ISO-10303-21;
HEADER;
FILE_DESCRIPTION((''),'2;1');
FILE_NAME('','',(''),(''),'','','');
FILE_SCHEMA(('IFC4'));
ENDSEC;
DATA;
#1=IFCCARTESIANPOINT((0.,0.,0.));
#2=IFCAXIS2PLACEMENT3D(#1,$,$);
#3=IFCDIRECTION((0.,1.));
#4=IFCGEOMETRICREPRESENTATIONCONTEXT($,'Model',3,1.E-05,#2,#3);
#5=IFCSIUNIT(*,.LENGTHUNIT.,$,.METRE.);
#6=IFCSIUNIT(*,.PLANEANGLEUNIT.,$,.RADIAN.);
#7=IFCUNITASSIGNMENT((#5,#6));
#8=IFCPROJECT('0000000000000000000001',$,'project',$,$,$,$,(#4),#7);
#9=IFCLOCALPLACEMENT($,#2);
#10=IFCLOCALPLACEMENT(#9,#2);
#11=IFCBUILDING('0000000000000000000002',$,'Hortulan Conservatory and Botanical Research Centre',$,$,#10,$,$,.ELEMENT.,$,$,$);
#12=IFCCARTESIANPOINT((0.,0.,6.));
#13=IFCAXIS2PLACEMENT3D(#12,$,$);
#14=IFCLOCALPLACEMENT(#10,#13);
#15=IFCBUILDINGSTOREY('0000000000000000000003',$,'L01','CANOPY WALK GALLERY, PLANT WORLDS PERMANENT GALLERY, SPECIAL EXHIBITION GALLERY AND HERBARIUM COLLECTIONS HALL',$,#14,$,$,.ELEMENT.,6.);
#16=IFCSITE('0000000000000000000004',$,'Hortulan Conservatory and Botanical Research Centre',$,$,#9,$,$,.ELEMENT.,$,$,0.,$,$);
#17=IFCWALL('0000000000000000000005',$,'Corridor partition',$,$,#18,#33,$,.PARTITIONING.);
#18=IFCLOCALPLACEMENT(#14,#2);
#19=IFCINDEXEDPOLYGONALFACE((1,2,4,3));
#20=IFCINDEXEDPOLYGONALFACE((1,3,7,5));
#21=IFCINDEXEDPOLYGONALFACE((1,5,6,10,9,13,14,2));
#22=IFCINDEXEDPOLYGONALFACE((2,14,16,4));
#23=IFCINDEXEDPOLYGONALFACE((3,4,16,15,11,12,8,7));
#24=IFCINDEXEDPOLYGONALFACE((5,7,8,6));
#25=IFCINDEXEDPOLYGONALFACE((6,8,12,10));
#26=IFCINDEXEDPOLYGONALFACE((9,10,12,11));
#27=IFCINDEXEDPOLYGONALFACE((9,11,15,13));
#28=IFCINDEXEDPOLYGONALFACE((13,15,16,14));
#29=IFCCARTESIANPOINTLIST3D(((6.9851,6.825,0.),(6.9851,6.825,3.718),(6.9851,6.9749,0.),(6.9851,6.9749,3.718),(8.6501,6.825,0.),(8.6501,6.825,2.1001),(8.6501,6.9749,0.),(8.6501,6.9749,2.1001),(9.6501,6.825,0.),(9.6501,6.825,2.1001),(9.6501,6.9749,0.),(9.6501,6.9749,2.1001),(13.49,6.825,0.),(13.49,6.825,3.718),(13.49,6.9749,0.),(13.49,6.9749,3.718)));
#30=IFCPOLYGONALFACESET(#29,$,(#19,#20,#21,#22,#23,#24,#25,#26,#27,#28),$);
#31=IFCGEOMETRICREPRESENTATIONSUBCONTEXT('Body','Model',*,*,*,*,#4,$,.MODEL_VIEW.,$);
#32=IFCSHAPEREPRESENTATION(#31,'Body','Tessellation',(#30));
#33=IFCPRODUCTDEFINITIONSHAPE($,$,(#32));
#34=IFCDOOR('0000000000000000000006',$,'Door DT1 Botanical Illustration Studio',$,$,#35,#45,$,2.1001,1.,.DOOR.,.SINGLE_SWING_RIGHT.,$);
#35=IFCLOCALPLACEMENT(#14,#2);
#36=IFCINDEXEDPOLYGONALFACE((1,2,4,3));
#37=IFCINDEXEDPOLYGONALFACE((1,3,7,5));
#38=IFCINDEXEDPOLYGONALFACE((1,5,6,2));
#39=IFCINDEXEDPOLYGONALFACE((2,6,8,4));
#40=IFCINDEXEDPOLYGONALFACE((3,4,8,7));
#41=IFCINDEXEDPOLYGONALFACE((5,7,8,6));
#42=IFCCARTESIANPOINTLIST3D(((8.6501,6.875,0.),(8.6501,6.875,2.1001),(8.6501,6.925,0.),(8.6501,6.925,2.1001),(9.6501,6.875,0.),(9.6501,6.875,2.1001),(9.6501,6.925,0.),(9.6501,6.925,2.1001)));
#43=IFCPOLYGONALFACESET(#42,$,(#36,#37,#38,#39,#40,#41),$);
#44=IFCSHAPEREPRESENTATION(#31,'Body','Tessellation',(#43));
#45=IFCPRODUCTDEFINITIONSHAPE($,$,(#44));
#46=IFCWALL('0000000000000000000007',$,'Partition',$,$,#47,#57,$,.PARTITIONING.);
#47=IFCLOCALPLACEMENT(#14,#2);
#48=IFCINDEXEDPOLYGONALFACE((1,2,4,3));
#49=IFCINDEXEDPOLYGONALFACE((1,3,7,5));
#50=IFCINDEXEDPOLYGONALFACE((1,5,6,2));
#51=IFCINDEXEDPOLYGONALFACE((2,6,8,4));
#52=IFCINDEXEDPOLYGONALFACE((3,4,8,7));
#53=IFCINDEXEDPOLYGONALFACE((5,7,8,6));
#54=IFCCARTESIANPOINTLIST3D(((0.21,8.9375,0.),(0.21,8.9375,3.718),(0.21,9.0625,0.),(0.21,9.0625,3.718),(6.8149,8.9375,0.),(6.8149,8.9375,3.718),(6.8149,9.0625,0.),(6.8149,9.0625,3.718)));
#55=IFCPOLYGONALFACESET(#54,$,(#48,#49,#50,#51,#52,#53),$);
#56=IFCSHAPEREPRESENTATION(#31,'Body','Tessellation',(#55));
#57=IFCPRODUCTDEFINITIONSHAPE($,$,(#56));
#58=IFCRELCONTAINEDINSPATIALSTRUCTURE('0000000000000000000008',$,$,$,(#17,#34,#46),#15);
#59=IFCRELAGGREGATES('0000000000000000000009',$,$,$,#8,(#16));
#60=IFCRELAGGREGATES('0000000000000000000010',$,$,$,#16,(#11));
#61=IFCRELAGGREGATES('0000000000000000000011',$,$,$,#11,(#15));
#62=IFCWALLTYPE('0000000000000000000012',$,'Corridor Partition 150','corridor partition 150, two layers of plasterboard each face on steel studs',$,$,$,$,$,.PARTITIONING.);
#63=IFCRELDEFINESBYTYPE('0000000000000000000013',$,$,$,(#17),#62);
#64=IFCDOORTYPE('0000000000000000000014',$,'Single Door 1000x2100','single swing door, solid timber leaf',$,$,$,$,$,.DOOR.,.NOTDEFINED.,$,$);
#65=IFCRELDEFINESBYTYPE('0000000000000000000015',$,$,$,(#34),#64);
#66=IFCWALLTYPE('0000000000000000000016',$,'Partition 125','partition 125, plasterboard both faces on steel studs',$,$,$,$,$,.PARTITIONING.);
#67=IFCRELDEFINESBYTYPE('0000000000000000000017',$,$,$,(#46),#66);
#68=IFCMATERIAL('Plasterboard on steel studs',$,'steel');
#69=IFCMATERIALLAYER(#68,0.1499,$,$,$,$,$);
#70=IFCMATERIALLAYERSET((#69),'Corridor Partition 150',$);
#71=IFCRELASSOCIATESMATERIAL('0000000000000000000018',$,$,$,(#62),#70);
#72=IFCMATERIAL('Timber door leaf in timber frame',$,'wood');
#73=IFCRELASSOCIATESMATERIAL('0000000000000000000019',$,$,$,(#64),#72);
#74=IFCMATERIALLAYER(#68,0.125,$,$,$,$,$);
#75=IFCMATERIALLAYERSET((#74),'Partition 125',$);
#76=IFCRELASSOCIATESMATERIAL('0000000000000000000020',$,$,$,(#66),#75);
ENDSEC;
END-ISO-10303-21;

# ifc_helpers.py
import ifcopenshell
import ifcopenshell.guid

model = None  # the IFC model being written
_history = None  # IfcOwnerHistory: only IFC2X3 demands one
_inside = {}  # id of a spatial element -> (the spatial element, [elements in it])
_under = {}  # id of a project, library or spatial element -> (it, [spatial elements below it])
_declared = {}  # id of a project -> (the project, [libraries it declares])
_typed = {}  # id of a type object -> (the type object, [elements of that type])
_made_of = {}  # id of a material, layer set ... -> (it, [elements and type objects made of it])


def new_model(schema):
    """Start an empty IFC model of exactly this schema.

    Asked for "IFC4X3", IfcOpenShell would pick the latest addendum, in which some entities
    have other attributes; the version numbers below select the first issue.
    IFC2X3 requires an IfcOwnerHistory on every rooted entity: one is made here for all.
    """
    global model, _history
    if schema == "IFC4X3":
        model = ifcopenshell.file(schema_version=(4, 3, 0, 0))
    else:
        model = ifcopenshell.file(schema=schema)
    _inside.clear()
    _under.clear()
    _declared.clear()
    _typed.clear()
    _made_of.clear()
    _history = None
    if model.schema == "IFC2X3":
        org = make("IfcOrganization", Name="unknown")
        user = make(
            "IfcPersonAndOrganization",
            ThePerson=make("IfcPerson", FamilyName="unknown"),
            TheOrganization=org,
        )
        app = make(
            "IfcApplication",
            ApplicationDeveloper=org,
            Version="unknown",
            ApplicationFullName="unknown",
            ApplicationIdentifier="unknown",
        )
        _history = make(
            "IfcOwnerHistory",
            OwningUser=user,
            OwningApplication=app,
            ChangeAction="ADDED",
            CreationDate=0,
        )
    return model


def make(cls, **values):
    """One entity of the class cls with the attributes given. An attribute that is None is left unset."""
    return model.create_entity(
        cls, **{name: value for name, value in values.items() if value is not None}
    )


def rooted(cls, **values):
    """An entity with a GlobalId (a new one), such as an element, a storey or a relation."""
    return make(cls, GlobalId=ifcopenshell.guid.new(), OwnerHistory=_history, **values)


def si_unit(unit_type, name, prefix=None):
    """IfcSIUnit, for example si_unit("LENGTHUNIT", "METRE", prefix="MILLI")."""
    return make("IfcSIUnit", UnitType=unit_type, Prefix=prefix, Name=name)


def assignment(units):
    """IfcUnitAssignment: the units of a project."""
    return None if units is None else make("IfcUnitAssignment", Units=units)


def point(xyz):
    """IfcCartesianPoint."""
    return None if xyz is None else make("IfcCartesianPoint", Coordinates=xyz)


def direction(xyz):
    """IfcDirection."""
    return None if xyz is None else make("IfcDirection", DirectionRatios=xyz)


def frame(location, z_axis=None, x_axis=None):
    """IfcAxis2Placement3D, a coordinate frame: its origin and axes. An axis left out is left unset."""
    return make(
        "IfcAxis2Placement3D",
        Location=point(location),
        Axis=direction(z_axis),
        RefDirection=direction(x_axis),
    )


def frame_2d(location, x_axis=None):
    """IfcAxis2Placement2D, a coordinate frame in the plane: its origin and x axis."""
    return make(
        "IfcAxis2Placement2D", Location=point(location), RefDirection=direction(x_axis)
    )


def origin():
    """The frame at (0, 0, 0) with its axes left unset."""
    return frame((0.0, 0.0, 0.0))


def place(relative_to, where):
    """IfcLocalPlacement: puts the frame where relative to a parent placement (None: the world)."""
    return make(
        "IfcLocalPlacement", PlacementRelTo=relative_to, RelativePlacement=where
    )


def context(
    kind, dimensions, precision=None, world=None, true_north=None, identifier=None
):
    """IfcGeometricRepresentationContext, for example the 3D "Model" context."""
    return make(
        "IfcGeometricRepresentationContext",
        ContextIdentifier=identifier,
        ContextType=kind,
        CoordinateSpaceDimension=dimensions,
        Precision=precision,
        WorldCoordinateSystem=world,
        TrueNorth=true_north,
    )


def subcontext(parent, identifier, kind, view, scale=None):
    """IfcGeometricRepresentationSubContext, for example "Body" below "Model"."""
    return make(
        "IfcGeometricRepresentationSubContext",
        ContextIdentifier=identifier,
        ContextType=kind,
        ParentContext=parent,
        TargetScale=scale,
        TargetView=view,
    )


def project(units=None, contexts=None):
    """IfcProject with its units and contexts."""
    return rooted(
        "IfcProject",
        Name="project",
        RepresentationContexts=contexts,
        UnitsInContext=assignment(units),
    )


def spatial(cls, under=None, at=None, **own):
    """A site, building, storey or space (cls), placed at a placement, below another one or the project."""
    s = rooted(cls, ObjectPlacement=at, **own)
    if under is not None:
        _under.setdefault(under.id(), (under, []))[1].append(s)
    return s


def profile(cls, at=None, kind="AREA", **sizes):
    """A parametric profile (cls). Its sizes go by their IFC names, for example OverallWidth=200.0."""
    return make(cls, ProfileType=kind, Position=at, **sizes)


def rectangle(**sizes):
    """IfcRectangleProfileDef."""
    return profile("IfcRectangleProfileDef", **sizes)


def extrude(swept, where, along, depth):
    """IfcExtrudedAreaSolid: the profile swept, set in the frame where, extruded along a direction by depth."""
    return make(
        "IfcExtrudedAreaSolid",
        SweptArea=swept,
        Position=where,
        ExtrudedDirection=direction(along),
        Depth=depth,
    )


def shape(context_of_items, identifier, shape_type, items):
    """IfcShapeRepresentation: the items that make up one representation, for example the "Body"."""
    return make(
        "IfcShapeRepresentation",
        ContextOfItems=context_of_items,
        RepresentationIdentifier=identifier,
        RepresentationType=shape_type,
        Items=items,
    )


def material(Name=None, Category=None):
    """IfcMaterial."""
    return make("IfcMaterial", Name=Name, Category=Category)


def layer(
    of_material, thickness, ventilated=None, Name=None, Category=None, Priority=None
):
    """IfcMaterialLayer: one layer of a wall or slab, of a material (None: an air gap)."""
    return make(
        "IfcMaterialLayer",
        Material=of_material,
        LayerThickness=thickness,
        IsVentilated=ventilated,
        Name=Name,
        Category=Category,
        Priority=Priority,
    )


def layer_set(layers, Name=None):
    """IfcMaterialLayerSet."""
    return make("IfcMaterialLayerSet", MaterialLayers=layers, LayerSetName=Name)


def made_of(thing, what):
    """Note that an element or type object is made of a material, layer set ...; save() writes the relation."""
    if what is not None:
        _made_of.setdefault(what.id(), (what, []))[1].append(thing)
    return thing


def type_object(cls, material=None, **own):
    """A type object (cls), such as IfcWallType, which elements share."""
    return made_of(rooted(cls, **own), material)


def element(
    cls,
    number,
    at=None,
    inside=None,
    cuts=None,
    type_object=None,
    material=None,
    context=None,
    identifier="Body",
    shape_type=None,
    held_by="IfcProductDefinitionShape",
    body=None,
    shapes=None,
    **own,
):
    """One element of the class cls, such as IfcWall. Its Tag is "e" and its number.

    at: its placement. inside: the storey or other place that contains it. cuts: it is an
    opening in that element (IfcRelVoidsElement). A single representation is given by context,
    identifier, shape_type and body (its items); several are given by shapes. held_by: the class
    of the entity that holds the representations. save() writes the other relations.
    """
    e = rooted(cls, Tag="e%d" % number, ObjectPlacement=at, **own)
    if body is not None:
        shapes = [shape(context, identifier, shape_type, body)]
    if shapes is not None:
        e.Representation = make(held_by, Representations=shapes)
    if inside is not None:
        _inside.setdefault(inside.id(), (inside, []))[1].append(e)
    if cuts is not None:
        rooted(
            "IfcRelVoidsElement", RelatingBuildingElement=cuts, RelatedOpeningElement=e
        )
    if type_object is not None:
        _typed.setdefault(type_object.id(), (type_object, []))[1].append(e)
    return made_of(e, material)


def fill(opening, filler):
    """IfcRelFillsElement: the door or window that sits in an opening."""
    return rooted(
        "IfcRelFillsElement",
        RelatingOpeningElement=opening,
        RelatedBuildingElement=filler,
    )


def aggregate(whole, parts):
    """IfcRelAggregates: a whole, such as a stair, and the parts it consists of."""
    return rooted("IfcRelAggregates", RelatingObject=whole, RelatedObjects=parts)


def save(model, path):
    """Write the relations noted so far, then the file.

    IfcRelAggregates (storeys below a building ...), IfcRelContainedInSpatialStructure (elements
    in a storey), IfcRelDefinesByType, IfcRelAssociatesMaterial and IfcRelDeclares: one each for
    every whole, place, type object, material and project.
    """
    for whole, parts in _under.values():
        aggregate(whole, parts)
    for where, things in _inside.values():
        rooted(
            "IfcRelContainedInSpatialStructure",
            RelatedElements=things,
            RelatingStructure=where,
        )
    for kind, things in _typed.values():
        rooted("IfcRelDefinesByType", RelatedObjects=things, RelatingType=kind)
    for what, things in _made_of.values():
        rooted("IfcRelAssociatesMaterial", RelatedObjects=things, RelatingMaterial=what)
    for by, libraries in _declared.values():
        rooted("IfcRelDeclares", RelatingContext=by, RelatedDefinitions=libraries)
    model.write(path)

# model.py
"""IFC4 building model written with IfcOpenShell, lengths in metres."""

from ifc_helpers import new_model, si_unit, direction, frame, frame_2d, origin, place, context, subcontext, project, spatial, rectangle, extrude, material, layer, layer_set, type_object, element, fill, save


model = new_model("IFC4")

# Units and contexts
model_context = context("Model", 3, precision=1e-05, world=origin(), true_north=direction((0.0, 1.0)))
body_context = subcontext(model_context, "Body", "Model", "MODEL_VIEW")
ifc_project = project(units=[si_unit("LENGTHUNIT", "METRE"), si_unit("PLANEANGLEUNIT", "RADIAN")], contexts=[model_context])

# Site, building, storey
site_placement = place(None, origin())
site = spatial("IfcSite", under=ifc_project, at=site_placement, Name="Hortulan Conservatory and Botanical Research Centre", CompositionType="ELEMENT", RefElevation=0.0)
building_placement = place(site_placement, origin())
building = spatial("IfcBuilding", under=site, at=building_placement, Name="Hortulan Conservatory and Botanical Research Centre", CompositionType="ELEMENT")
storey_placement = place(building_placement, frame((0.0, 0.0, 6.0)))
storey = spatial("IfcBuildingStorey", under=building, at=storey_placement, Name="L01", Description="CANOPY WALK GALLERY, PLANT WORLDS PERMANENT GALLERY, SPECIAL EXHIBITION GALLERY AND HERBARIUM COLLECTIONS HALL", CompositionType="ELEMENT", Elevation=6.0)

# Shared definitions
ifc_material_1 = material(Name="Plasterboard on steel studs", Category="steel")
ifc_layer_1 = layer(ifc_material_1, 0.1499)
ifc_layer_set_1 = layer_set([ifc_layer_1], Name="Corridor Partition 150")
wall_type_1 = type_object("IfcWallType", Name="Corridor Partition 150", Description="corridor partition 150, two layers of plasterboard each face on steel studs", PredefinedType="PARTITIONING", material=ifc_layer_set_1)
ifc_material_2 = material(Name="Timber door leaf in timber frame", Category="wood")
door_type_1 = type_object("IfcDoorType", Name="Single Door 1000x2100", Description="single swing door, solid timber leaf", OperationType="NOTDEFINED", PredefinedType="DOOR", material=ifc_material_2)

# Wall, opening, door
wall_1_placement = place(storey_placement, frame((6.9851, 6.8999, 0.0), z_axis=(0.0, 0.0, 1.0), x_axis=(1.0, 0.0, 0.0)))
wall_1 = element("IfcWall", 1, at=wall_1_placement, inside=storey, type_object=wall_type_1, Name="Corridor partition", PredefinedType="PARTITIONING", context=body_context, shape_type="SweptSolid", body=[
    extrude(rectangle(XDim=6.5049, YDim=0.1499, at=frame_2d((3.2524, 0.0))), origin(), (0.0, 0.0, 1.0), 3.718),
])
opening_1_placement = place(wall_1_placement, frame((1.665, 0.0, 0.0)))
opening_1 = element("IfcOpeningElement", 2, at=opening_1_placement, cuts=wall_1, PredefinedType="OPENING", context=body_context, shape_type="SweptSolid", body=[
    extrude(rectangle(XDim=1.0, YDim=2.1001, at=frame_2d((0.5, 1.05))), frame((0.0, 0.085, 0.0), z_axis=(0.0, -1.0, 0.0), x_axis=(1.0, 0.0, 0.0)), (0.0, 0.0, 1.0), 0.1699),
])
door_1_placement = place(opening_1_placement, frame((1.0, 0.0, 0.0), z_axis=(0.0, 0.0, 1.0), x_axis=(-1.0, 0.0, 0.0)))
door_1 = element("IfcDoor", 3, at=door_1_placement, inside=storey, type_object=door_type_1, Name="Door DT1 Botanical Illustration Studio", OperationType="SINGLE_SWING_RIGHT", OverallHeight=2.1001, OverallWidth=1.0, PredefinedType="DOOR", context=body_context, shape_type="SweptSolid", body=[
    extrude(rectangle(XDim=1.0, YDim=2.1001, at=frame_2d((0.5, 1.05))), frame((0.0, 0.0249, 0.0), z_axis=(0.0, -1.0, 0.0), x_axis=(1.0, 0.0, 0.0)), (0.0, 0.0, 1.0), 0.05),
])
fill(opening_1, door_1)

# Wall
ifc_layer_2 = layer(ifc_material_1, 0.125)
ifc_layer_set_2 = layer_set([ifc_layer_2], Name="Partition 125")
wall_type_2 = type_object("IfcWallType", Name="Partition 125", Description="partition 125, plasterboard both faces on steel studs", PredefinedType="PARTITIONING", material=ifc_layer_set_2)
wall_2_placement = place(storey_placement, frame((0.21, 9.0, 0.0), z_axis=(0.0, 0.0, 1.0), x_axis=(1.0, 0.0, 0.0)))
element("IfcWall", 4, at=wall_2_placement, inside=storey, type_object=wall_type_2, Name="Partition", PredefinedType="PARTITIONING", context=body_context, shape_type="SweptSolid", body=[
    extrude(rectangle(XDim=6.605, YDim=0.125, at=frame_2d((3.3025, 0.0))), origin(), (0.0, 0.0, 1.0), 3.718),
])

save(model, "model.ifc")
